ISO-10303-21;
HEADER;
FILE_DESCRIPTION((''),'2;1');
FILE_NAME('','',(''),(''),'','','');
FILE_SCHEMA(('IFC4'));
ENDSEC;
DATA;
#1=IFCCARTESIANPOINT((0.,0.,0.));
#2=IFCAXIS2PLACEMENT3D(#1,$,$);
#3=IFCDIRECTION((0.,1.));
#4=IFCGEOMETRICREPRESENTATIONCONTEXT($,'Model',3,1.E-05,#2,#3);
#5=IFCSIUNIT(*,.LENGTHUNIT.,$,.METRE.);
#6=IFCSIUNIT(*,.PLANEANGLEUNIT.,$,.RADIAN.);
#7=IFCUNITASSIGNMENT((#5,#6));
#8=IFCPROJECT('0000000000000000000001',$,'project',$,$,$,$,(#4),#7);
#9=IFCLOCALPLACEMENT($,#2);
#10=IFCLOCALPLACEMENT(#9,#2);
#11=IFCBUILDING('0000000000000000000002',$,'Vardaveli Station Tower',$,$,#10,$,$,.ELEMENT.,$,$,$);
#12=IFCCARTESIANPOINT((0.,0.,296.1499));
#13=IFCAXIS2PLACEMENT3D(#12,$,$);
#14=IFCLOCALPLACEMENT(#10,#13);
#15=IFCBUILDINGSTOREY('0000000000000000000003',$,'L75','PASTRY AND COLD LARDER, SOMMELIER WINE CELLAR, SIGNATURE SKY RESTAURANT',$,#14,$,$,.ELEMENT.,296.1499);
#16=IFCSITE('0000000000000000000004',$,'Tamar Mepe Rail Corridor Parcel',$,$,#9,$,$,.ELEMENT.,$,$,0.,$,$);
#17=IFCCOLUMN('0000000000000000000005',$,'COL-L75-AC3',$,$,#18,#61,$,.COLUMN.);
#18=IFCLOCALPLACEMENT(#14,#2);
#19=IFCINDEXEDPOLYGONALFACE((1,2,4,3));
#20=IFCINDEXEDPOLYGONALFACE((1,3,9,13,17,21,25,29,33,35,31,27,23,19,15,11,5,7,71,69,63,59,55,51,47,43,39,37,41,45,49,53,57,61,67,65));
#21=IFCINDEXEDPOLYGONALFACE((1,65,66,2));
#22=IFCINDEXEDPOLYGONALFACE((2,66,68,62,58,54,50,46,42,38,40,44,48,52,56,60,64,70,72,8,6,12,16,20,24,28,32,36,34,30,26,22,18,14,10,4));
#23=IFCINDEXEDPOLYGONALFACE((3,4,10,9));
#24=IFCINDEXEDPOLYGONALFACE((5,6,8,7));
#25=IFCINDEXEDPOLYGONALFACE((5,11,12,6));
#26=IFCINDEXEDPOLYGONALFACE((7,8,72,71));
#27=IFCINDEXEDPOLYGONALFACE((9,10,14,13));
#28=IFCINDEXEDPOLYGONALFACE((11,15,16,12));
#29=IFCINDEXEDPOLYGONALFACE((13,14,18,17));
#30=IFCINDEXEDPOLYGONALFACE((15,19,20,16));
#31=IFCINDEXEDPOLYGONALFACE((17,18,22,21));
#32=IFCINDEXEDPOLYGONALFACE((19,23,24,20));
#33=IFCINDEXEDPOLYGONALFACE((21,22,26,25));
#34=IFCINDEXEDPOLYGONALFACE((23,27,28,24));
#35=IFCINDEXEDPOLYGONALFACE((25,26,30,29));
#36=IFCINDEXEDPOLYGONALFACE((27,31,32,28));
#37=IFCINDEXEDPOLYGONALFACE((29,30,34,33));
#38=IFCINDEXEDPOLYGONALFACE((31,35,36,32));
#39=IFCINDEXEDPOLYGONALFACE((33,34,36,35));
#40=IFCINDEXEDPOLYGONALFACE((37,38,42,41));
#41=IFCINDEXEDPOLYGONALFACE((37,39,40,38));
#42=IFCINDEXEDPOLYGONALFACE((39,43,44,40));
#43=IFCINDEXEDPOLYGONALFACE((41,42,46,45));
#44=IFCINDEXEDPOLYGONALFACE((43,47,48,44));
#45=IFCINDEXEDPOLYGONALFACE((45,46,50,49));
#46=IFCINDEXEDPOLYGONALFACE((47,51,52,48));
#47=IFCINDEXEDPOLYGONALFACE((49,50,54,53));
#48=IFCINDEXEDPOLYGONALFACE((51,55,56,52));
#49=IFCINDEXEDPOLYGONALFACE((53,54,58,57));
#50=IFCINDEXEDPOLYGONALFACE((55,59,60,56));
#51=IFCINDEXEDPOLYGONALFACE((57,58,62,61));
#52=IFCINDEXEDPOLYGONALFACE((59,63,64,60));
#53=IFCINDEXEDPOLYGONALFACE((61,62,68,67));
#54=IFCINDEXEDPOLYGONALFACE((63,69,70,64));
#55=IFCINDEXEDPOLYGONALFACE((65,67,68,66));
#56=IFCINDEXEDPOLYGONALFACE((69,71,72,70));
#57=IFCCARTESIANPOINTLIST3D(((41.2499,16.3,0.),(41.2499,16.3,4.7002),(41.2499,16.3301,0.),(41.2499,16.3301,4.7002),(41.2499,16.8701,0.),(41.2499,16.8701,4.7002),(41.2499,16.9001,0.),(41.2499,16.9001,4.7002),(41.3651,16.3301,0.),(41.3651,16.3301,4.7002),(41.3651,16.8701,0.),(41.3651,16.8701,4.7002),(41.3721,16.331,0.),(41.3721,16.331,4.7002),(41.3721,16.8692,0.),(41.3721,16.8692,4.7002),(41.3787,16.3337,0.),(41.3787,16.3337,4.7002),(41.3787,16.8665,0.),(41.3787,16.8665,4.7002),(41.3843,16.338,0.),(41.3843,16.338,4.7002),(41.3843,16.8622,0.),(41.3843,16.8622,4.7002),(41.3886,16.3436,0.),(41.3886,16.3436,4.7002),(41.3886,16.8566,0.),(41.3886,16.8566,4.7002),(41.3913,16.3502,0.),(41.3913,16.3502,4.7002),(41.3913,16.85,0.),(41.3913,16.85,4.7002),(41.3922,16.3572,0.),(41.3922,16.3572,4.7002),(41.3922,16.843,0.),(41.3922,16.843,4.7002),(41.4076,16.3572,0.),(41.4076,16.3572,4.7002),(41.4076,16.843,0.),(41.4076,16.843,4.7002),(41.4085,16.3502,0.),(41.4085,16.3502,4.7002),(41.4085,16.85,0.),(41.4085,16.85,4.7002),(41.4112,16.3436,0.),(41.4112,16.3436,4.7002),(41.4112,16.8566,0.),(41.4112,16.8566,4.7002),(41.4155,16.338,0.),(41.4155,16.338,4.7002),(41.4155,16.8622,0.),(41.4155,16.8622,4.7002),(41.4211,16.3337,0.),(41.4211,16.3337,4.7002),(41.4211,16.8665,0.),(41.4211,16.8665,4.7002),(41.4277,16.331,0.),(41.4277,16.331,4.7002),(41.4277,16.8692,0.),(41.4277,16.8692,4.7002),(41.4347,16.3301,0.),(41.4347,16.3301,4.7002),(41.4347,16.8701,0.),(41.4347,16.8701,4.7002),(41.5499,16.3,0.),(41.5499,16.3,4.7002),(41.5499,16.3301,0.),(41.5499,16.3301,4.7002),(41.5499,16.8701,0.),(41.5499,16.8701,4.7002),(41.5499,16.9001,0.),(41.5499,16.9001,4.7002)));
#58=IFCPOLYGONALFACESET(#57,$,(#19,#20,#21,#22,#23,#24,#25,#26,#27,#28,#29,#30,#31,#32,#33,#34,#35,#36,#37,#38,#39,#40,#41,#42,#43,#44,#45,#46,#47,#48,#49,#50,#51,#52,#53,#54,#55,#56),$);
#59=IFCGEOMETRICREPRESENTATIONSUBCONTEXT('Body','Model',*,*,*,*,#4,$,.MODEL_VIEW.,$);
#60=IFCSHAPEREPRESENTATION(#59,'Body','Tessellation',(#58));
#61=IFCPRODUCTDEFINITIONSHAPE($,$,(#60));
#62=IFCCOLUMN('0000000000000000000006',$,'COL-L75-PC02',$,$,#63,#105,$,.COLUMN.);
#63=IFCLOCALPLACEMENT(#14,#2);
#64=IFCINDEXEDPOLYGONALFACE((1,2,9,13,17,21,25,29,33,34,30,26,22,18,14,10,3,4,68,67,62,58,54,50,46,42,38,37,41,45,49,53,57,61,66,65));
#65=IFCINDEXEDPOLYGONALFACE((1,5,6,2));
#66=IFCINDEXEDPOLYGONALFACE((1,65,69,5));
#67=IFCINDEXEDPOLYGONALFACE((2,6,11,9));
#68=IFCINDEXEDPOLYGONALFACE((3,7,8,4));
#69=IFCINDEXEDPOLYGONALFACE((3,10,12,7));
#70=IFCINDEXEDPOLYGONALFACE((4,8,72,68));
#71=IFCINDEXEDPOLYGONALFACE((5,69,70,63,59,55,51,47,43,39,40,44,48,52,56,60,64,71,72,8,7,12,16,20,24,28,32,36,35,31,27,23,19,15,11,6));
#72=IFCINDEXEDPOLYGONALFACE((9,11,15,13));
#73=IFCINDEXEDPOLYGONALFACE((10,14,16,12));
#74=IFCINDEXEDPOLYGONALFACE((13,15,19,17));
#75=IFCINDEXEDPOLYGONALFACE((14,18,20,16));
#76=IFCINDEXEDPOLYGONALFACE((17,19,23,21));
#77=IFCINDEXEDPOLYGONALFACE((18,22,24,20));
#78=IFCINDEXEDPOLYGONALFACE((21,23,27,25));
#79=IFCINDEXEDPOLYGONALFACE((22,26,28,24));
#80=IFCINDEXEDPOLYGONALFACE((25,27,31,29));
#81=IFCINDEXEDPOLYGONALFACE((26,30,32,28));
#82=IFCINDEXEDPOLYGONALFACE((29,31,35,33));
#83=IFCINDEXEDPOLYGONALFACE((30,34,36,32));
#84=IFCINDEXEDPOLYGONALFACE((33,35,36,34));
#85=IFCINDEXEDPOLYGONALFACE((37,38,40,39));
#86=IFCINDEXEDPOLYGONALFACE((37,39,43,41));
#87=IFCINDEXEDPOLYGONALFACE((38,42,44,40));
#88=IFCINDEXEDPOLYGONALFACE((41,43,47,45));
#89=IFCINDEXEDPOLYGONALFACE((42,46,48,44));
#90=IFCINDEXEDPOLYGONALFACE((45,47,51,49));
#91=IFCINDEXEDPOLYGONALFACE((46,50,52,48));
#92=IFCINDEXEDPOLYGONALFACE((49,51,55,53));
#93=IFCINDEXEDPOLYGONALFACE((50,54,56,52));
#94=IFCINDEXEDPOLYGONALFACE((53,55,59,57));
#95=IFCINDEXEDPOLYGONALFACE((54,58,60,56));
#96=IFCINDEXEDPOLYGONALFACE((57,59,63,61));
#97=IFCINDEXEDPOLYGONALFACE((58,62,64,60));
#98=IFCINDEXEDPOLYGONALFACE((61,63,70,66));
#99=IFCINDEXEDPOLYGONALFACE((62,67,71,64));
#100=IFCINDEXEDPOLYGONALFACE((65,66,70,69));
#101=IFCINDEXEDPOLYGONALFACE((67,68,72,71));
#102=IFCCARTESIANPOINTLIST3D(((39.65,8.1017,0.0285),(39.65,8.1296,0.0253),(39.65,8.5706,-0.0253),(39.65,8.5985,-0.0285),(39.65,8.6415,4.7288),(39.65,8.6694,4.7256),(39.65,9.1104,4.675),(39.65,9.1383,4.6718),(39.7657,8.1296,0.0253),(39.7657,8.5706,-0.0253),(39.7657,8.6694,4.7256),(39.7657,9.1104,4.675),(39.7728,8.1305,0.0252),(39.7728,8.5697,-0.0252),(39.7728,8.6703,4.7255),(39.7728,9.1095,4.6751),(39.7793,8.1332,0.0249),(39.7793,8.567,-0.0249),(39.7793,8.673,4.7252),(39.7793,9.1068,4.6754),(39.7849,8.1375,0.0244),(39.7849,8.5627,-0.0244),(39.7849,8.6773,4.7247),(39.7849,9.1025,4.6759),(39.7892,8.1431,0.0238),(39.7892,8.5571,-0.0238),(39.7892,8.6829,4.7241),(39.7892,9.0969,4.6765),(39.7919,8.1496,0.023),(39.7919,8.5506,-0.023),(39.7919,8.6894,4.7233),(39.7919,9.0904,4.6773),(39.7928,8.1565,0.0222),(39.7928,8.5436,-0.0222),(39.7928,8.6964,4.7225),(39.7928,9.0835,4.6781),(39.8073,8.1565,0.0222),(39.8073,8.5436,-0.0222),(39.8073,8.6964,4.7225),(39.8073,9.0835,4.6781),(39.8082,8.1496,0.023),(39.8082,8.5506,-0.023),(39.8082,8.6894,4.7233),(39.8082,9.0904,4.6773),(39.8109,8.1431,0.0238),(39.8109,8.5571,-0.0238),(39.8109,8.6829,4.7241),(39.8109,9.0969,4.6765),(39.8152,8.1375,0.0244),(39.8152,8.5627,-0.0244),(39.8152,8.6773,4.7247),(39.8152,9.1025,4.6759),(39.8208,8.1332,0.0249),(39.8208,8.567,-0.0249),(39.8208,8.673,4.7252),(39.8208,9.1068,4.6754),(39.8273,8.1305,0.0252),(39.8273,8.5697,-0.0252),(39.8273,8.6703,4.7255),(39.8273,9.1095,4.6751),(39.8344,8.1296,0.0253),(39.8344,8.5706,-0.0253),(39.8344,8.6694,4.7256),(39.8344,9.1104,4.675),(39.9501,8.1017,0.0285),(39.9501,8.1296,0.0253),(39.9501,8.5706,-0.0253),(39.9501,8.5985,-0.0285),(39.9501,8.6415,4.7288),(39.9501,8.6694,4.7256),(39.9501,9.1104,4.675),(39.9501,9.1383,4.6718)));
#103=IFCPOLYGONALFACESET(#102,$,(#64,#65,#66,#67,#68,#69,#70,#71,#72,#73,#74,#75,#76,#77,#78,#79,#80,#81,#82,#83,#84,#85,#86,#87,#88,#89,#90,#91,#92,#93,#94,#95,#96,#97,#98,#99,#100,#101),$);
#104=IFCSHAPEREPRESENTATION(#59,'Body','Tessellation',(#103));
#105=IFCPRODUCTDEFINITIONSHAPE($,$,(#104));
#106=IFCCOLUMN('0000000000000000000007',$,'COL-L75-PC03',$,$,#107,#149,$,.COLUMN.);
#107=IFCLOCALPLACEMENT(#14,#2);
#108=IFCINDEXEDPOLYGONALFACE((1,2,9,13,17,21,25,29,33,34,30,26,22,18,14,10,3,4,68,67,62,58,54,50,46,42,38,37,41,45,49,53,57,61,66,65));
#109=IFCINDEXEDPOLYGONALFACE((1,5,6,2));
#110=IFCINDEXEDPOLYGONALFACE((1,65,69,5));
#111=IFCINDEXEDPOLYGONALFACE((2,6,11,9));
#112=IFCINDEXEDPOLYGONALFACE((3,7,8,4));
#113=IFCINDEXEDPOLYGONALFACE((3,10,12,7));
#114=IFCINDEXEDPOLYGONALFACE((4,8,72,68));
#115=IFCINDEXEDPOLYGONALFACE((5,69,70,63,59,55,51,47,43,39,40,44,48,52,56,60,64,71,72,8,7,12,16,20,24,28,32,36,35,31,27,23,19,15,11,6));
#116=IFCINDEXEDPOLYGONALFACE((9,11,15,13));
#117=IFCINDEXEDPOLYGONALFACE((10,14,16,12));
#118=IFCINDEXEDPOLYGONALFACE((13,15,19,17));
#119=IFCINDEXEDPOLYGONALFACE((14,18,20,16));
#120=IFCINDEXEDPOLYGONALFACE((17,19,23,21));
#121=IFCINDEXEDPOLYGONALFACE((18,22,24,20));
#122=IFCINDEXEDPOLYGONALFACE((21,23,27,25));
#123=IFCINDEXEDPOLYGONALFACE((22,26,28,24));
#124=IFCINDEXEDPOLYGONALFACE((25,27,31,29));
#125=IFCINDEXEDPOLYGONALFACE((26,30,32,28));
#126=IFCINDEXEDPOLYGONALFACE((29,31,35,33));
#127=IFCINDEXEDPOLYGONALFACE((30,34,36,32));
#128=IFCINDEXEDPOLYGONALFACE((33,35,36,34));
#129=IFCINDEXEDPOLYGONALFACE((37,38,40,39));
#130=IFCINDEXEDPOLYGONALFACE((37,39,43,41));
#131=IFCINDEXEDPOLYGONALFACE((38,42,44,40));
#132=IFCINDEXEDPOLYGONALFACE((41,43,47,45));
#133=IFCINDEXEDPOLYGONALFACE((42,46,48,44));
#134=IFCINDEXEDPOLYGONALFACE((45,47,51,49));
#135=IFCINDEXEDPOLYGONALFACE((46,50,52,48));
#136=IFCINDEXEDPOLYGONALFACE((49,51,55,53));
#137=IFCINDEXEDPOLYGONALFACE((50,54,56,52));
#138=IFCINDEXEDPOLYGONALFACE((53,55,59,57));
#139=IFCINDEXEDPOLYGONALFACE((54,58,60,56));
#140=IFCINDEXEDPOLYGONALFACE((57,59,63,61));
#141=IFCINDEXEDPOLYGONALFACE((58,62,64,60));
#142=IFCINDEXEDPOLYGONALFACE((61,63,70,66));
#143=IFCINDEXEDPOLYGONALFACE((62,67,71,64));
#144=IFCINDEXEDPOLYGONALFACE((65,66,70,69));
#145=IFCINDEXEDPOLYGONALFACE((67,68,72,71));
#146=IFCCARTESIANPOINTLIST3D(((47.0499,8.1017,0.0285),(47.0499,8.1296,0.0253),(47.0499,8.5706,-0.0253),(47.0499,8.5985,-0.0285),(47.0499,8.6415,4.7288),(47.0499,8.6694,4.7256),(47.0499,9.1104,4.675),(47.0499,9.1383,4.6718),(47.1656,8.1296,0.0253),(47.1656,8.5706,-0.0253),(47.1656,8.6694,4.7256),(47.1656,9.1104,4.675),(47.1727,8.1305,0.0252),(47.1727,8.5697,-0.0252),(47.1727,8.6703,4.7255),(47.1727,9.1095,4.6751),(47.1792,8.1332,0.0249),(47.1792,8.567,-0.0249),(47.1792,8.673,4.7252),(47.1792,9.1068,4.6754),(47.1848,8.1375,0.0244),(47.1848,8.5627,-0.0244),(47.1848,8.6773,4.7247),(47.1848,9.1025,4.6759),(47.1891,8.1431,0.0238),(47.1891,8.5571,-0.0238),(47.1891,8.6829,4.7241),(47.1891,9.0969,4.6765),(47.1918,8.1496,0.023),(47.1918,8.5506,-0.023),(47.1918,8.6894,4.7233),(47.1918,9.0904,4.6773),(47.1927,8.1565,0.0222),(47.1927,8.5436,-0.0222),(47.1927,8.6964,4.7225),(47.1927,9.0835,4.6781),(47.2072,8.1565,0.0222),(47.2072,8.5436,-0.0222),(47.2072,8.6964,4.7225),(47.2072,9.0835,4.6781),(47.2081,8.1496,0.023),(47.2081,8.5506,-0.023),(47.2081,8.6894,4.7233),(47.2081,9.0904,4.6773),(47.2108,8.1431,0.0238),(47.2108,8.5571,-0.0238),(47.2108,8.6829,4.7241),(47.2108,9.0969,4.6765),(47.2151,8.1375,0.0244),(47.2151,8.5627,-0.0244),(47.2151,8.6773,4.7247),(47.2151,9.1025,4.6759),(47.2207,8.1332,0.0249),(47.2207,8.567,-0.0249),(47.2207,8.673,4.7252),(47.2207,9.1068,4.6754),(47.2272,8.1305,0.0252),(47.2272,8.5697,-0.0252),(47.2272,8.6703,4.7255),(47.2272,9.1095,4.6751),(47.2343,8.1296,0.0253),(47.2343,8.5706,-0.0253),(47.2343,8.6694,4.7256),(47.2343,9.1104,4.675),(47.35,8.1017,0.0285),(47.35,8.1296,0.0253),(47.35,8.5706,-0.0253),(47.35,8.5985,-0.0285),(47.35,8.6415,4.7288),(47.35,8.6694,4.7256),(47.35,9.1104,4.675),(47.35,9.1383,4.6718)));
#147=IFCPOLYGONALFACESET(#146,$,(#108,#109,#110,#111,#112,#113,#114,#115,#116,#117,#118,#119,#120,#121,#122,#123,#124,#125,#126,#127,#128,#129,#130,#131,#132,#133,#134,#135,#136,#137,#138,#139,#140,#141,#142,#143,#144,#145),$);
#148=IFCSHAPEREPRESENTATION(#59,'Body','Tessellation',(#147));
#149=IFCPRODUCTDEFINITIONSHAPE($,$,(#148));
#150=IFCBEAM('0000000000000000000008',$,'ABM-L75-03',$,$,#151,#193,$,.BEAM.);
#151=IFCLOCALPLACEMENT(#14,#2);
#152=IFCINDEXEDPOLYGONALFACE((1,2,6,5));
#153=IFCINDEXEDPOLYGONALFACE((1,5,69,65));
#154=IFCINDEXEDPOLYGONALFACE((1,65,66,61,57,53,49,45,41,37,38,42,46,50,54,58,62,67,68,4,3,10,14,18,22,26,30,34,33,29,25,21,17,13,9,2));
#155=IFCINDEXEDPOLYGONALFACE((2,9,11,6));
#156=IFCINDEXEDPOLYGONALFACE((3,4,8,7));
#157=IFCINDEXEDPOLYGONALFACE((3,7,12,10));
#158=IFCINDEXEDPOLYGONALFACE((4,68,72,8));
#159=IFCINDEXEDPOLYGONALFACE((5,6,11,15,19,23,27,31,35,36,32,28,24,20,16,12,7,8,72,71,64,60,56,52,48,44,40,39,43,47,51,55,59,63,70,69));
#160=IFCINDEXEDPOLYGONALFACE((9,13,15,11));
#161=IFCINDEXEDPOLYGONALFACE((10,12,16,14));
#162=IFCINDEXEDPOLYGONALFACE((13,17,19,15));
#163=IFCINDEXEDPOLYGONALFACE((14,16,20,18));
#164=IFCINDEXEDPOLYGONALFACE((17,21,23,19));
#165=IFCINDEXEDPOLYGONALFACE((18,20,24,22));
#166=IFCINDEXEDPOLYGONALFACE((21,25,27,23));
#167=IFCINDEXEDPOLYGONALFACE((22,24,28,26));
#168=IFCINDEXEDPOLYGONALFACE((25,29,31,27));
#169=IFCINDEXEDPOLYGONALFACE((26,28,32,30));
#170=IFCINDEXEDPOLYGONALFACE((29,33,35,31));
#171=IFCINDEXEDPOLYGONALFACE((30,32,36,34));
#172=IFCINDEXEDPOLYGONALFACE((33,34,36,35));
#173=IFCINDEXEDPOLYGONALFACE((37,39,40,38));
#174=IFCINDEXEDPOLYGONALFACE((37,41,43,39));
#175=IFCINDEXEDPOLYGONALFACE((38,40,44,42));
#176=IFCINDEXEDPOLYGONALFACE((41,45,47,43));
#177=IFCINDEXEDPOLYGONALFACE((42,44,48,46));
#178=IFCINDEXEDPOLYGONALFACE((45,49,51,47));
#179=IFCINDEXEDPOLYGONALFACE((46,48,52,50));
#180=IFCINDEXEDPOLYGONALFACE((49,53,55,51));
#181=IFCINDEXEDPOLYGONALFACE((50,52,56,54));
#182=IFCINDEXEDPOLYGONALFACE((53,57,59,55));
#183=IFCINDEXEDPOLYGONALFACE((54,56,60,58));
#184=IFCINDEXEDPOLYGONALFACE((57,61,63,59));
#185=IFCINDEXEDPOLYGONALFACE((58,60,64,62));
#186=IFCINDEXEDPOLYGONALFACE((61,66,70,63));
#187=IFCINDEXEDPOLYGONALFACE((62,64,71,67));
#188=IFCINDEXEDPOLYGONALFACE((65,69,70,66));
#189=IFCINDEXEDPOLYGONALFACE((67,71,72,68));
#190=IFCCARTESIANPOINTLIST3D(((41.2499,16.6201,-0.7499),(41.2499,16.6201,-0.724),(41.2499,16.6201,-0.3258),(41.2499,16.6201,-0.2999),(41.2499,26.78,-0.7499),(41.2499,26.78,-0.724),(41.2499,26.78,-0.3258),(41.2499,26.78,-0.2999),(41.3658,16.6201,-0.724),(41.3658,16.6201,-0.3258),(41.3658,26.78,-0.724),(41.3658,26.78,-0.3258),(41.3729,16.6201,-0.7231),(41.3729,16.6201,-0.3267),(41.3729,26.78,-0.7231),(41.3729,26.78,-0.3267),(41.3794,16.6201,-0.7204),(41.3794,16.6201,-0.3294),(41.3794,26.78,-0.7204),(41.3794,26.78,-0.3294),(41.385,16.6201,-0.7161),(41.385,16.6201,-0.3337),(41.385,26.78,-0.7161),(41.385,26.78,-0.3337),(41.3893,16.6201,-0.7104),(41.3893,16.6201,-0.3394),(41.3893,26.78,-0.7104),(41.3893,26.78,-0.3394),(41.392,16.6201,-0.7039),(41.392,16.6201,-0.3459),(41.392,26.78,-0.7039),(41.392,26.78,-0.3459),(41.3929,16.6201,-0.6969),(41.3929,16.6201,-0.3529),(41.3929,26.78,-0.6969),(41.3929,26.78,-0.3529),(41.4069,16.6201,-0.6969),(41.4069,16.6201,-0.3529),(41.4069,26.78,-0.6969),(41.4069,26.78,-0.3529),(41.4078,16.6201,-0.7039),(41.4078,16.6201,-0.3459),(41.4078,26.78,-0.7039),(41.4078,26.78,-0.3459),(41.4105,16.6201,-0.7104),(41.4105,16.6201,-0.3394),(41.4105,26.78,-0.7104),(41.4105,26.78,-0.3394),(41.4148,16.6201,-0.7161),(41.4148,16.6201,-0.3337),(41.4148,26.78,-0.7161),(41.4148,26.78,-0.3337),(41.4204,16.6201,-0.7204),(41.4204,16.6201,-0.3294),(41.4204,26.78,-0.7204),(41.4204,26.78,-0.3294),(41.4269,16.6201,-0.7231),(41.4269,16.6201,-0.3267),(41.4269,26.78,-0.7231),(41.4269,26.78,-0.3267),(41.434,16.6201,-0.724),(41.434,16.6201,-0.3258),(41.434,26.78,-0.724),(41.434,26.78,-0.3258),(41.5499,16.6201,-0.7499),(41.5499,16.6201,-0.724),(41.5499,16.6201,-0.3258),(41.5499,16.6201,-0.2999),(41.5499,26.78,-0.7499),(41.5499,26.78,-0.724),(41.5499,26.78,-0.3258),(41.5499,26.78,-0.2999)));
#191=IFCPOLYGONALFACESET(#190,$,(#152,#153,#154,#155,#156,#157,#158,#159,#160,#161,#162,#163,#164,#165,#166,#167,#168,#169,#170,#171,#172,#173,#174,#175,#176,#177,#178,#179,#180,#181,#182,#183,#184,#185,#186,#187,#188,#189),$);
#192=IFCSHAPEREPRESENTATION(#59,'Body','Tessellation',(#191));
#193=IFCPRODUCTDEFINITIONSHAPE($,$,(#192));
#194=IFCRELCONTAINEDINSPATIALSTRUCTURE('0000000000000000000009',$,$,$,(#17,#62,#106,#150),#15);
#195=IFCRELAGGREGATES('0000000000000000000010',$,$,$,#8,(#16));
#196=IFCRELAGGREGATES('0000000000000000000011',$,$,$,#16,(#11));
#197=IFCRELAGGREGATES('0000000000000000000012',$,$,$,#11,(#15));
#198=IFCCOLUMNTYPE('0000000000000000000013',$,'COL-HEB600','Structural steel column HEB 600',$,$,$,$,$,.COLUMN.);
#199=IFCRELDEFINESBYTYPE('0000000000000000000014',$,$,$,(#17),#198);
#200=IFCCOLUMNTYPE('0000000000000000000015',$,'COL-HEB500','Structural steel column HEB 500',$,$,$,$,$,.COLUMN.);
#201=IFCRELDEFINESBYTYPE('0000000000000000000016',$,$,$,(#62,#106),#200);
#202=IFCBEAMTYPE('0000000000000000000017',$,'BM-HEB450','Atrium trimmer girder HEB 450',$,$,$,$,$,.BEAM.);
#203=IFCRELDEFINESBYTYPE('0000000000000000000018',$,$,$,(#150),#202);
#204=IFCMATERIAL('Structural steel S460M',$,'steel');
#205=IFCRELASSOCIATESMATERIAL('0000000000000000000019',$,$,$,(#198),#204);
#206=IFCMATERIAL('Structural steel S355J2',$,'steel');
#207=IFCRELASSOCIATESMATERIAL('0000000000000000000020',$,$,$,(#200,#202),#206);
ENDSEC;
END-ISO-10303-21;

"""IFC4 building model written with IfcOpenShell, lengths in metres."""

from ifc_helpers import new_model, si_unit, direction, frame, origin, origin_2d, place, context, subcontext, project, spatial, i_section, extrude, source, transform, mapped, material, material_profile, profile_set, type_object, element, save


model = new_model("IFC4")

# Units and contexts
model_context = context("Model", 3, precision=1e-05, world=origin(), true_north=direction((0.0, 1.0)))
body_context = subcontext(model_context, "Body", "Model", "MODEL_VIEW")
ifc_project = project(units=[si_unit("LENGTHUNIT", "METRE"), si_unit("PLANEANGLEUNIT", "RADIAN")], contexts=[model_context])

# Site, building, storey
site_placement = place(None, origin())
site = spatial("IfcSite", under=ifc_project, at=site_placement, Name="Tamar Mepe Rail Corridor Parcel", CompositionType="ELEMENT", RefElevation=0.0)
building_placement = place(site_placement, origin())
building = spatial("IfcBuilding", under=site, at=building_placement, Name="Vardaveli Station Tower", CompositionType="ELEMENT")
storey_placement = place(building_placement, frame((0.0, 0.0, 296.1499)))
storey = spatial("IfcBuildingStorey", under=building, at=storey_placement, Name="L75", Description="PASTRY AND COLD LARDER, SOMMELIER WINE CELLAR, SIGNATURE SKY RESTAURANT", CompositionType="ELEMENT", Elevation=296.1499)

# Columns
ifc_material_1 = material(Name="Structural steel S460M", Category="steel")
ifc_material_profile_1 = material_profile(ifc_material_1, i_section(OverallWidth=0.3, OverallDepth=0.6001, WebThickness=0.0154, FlangeThickness=0.03, FilletRadius=0.0271, at=origin_2d()), Name="HEB 600")
ifc_profile_set_1 = profile_set([ifc_material_profile_1], Name="Structural steel S460M")
column_type_1 = type_object("IfcColumnType", Name="COL-HEB600", Description="Structural steel column HEB 600", PredefinedType="COLUMN", material=ifc_profile_set_1)
shared_shape_1 = source(origin(), body_context, "Body", "SweptSolid", [
    extrude(i_section(OverallWidth=0.3, OverallDepth=0.6001, WebThickness=0.0154, FlangeThickness=0.03, FilletRadius=0.0271, at=origin_2d()), origin(), (0.0, 0.0, 1.0), 4.7002),
])
column_placement = place(storey_placement, frame((41.3999, 16.6001, 0.0), z_axis=(0.0, 0.0, 1.0), x_axis=(1.0, 0.0, 0.0)))
element("IfcColumn", 1, at=column_placement, inside=storey, type_object=column_type_1, Name="COL-L75-AC3", PredefinedType="COLUMN", context=body_context, shape_type="MappedRepresentation", body=[
    mapped(shared_shape_1, transform((0.0, 0.0, 0.0), scale=1.0)),
])
ifc_material_2 = material(Name="Structural steel S355J2", Category="steel")
ifc_material_profile_2 = material_profile(ifc_material_2, i_section(OverallWidth=0.3, OverallDepth=0.5, WebThickness=0.0144, FlangeThickness=0.0281, FilletRadius=0.0271, at=origin_2d()), Name="HEB 500")
ifc_profile_set_2 = profile_set([ifc_material_profile_2], Name="Structural steel S355J2")
column_type_2 = type_object("IfcColumnType", Name="COL-HEB500", Description="Structural steel column HEB 500", PredefinedType="COLUMN", material=ifc_profile_set_2)
shared_shape_2 = source(origin(), body_context, "Body", "SweptSolid", [
    extrude(i_section(OverallWidth=0.3, OverallDepth=0.5, WebThickness=0.0144, FlangeThickness=0.0281, FilletRadius=0.0271, at=origin_2d()), origin(), (0.0, 0.0, 1.0), 4.7312),
])
for number, where, z_axis, x_axis, name in (
    (2, (39.8, 8.3501, 0.0), (0.0, 0.114095, 0.99347), (-1.0, 0.0, 0.0), "COL-L75-PC02"),
    (3, (47.2, 8.3501, 0.0), (0.0, 0.114095, 0.99347), (-1.0, 0.0, 0.0), "COL-L75-PC03"),
):
    element("IfcColumn", number, at=place(storey_placement, frame(where, z_axis=z_axis, x_axis=x_axis)), inside=storey, type_object=column_type_2, Name=name, PredefinedType="COLUMN", context=body_context, shape_type="MappedRepresentation", body=[
        mapped(shared_shape_2, transform((0.0, 0.0, 0.0), scale=1.0)),
    ])

# Beam
ifc_material_profile_3 = material_profile(ifc_material_2, i_section(OverallWidth=0.3, OverallDepth=0.45, WebThickness=0.0139, FlangeThickness=0.0259, FilletRadius=0.0271, at=origin_2d()), Name="HEB 450")
ifc_profile_set_3 = profile_set([ifc_material_profile_3], Name="Structural steel S355J2")
beam_type_1 = type_object("IfcBeamType", Name="BM-HEB450", Description="Atrium trimmer girder HEB 450", PredefinedType="BEAM", material=ifc_profile_set_3)
shared_shape_3 = source(origin(), body_context, "Body", "SweptSolid", [
    extrude(i_section(OverallWidth=0.3, OverallDepth=0.45, WebThickness=0.0139, FlangeThickness=0.0259, FilletRadius=0.0271, at=origin_2d()), origin(), (0.0, 0.0, 1.0), 10.1599),
])
beam_1_placement = place(storey_placement, frame((41.3999, 16.6201, -0.5249), z_axis=(0.0, 1.0, 0.0), x_axis=(-1.0, 0.0, 0.0)))
element("IfcBeam", 4, at=beam_1_placement, inside=storey, type_object=beam_type_1, Name="ABM-L75-03", PredefinedType="BEAM", context=body_context, shape_type="MappedRepresentation", body=[
    mapped(shared_shape_3, transform((0.0, 0.0, 0.0), scale=1.0)),
])

save(model, "model.ifc")
